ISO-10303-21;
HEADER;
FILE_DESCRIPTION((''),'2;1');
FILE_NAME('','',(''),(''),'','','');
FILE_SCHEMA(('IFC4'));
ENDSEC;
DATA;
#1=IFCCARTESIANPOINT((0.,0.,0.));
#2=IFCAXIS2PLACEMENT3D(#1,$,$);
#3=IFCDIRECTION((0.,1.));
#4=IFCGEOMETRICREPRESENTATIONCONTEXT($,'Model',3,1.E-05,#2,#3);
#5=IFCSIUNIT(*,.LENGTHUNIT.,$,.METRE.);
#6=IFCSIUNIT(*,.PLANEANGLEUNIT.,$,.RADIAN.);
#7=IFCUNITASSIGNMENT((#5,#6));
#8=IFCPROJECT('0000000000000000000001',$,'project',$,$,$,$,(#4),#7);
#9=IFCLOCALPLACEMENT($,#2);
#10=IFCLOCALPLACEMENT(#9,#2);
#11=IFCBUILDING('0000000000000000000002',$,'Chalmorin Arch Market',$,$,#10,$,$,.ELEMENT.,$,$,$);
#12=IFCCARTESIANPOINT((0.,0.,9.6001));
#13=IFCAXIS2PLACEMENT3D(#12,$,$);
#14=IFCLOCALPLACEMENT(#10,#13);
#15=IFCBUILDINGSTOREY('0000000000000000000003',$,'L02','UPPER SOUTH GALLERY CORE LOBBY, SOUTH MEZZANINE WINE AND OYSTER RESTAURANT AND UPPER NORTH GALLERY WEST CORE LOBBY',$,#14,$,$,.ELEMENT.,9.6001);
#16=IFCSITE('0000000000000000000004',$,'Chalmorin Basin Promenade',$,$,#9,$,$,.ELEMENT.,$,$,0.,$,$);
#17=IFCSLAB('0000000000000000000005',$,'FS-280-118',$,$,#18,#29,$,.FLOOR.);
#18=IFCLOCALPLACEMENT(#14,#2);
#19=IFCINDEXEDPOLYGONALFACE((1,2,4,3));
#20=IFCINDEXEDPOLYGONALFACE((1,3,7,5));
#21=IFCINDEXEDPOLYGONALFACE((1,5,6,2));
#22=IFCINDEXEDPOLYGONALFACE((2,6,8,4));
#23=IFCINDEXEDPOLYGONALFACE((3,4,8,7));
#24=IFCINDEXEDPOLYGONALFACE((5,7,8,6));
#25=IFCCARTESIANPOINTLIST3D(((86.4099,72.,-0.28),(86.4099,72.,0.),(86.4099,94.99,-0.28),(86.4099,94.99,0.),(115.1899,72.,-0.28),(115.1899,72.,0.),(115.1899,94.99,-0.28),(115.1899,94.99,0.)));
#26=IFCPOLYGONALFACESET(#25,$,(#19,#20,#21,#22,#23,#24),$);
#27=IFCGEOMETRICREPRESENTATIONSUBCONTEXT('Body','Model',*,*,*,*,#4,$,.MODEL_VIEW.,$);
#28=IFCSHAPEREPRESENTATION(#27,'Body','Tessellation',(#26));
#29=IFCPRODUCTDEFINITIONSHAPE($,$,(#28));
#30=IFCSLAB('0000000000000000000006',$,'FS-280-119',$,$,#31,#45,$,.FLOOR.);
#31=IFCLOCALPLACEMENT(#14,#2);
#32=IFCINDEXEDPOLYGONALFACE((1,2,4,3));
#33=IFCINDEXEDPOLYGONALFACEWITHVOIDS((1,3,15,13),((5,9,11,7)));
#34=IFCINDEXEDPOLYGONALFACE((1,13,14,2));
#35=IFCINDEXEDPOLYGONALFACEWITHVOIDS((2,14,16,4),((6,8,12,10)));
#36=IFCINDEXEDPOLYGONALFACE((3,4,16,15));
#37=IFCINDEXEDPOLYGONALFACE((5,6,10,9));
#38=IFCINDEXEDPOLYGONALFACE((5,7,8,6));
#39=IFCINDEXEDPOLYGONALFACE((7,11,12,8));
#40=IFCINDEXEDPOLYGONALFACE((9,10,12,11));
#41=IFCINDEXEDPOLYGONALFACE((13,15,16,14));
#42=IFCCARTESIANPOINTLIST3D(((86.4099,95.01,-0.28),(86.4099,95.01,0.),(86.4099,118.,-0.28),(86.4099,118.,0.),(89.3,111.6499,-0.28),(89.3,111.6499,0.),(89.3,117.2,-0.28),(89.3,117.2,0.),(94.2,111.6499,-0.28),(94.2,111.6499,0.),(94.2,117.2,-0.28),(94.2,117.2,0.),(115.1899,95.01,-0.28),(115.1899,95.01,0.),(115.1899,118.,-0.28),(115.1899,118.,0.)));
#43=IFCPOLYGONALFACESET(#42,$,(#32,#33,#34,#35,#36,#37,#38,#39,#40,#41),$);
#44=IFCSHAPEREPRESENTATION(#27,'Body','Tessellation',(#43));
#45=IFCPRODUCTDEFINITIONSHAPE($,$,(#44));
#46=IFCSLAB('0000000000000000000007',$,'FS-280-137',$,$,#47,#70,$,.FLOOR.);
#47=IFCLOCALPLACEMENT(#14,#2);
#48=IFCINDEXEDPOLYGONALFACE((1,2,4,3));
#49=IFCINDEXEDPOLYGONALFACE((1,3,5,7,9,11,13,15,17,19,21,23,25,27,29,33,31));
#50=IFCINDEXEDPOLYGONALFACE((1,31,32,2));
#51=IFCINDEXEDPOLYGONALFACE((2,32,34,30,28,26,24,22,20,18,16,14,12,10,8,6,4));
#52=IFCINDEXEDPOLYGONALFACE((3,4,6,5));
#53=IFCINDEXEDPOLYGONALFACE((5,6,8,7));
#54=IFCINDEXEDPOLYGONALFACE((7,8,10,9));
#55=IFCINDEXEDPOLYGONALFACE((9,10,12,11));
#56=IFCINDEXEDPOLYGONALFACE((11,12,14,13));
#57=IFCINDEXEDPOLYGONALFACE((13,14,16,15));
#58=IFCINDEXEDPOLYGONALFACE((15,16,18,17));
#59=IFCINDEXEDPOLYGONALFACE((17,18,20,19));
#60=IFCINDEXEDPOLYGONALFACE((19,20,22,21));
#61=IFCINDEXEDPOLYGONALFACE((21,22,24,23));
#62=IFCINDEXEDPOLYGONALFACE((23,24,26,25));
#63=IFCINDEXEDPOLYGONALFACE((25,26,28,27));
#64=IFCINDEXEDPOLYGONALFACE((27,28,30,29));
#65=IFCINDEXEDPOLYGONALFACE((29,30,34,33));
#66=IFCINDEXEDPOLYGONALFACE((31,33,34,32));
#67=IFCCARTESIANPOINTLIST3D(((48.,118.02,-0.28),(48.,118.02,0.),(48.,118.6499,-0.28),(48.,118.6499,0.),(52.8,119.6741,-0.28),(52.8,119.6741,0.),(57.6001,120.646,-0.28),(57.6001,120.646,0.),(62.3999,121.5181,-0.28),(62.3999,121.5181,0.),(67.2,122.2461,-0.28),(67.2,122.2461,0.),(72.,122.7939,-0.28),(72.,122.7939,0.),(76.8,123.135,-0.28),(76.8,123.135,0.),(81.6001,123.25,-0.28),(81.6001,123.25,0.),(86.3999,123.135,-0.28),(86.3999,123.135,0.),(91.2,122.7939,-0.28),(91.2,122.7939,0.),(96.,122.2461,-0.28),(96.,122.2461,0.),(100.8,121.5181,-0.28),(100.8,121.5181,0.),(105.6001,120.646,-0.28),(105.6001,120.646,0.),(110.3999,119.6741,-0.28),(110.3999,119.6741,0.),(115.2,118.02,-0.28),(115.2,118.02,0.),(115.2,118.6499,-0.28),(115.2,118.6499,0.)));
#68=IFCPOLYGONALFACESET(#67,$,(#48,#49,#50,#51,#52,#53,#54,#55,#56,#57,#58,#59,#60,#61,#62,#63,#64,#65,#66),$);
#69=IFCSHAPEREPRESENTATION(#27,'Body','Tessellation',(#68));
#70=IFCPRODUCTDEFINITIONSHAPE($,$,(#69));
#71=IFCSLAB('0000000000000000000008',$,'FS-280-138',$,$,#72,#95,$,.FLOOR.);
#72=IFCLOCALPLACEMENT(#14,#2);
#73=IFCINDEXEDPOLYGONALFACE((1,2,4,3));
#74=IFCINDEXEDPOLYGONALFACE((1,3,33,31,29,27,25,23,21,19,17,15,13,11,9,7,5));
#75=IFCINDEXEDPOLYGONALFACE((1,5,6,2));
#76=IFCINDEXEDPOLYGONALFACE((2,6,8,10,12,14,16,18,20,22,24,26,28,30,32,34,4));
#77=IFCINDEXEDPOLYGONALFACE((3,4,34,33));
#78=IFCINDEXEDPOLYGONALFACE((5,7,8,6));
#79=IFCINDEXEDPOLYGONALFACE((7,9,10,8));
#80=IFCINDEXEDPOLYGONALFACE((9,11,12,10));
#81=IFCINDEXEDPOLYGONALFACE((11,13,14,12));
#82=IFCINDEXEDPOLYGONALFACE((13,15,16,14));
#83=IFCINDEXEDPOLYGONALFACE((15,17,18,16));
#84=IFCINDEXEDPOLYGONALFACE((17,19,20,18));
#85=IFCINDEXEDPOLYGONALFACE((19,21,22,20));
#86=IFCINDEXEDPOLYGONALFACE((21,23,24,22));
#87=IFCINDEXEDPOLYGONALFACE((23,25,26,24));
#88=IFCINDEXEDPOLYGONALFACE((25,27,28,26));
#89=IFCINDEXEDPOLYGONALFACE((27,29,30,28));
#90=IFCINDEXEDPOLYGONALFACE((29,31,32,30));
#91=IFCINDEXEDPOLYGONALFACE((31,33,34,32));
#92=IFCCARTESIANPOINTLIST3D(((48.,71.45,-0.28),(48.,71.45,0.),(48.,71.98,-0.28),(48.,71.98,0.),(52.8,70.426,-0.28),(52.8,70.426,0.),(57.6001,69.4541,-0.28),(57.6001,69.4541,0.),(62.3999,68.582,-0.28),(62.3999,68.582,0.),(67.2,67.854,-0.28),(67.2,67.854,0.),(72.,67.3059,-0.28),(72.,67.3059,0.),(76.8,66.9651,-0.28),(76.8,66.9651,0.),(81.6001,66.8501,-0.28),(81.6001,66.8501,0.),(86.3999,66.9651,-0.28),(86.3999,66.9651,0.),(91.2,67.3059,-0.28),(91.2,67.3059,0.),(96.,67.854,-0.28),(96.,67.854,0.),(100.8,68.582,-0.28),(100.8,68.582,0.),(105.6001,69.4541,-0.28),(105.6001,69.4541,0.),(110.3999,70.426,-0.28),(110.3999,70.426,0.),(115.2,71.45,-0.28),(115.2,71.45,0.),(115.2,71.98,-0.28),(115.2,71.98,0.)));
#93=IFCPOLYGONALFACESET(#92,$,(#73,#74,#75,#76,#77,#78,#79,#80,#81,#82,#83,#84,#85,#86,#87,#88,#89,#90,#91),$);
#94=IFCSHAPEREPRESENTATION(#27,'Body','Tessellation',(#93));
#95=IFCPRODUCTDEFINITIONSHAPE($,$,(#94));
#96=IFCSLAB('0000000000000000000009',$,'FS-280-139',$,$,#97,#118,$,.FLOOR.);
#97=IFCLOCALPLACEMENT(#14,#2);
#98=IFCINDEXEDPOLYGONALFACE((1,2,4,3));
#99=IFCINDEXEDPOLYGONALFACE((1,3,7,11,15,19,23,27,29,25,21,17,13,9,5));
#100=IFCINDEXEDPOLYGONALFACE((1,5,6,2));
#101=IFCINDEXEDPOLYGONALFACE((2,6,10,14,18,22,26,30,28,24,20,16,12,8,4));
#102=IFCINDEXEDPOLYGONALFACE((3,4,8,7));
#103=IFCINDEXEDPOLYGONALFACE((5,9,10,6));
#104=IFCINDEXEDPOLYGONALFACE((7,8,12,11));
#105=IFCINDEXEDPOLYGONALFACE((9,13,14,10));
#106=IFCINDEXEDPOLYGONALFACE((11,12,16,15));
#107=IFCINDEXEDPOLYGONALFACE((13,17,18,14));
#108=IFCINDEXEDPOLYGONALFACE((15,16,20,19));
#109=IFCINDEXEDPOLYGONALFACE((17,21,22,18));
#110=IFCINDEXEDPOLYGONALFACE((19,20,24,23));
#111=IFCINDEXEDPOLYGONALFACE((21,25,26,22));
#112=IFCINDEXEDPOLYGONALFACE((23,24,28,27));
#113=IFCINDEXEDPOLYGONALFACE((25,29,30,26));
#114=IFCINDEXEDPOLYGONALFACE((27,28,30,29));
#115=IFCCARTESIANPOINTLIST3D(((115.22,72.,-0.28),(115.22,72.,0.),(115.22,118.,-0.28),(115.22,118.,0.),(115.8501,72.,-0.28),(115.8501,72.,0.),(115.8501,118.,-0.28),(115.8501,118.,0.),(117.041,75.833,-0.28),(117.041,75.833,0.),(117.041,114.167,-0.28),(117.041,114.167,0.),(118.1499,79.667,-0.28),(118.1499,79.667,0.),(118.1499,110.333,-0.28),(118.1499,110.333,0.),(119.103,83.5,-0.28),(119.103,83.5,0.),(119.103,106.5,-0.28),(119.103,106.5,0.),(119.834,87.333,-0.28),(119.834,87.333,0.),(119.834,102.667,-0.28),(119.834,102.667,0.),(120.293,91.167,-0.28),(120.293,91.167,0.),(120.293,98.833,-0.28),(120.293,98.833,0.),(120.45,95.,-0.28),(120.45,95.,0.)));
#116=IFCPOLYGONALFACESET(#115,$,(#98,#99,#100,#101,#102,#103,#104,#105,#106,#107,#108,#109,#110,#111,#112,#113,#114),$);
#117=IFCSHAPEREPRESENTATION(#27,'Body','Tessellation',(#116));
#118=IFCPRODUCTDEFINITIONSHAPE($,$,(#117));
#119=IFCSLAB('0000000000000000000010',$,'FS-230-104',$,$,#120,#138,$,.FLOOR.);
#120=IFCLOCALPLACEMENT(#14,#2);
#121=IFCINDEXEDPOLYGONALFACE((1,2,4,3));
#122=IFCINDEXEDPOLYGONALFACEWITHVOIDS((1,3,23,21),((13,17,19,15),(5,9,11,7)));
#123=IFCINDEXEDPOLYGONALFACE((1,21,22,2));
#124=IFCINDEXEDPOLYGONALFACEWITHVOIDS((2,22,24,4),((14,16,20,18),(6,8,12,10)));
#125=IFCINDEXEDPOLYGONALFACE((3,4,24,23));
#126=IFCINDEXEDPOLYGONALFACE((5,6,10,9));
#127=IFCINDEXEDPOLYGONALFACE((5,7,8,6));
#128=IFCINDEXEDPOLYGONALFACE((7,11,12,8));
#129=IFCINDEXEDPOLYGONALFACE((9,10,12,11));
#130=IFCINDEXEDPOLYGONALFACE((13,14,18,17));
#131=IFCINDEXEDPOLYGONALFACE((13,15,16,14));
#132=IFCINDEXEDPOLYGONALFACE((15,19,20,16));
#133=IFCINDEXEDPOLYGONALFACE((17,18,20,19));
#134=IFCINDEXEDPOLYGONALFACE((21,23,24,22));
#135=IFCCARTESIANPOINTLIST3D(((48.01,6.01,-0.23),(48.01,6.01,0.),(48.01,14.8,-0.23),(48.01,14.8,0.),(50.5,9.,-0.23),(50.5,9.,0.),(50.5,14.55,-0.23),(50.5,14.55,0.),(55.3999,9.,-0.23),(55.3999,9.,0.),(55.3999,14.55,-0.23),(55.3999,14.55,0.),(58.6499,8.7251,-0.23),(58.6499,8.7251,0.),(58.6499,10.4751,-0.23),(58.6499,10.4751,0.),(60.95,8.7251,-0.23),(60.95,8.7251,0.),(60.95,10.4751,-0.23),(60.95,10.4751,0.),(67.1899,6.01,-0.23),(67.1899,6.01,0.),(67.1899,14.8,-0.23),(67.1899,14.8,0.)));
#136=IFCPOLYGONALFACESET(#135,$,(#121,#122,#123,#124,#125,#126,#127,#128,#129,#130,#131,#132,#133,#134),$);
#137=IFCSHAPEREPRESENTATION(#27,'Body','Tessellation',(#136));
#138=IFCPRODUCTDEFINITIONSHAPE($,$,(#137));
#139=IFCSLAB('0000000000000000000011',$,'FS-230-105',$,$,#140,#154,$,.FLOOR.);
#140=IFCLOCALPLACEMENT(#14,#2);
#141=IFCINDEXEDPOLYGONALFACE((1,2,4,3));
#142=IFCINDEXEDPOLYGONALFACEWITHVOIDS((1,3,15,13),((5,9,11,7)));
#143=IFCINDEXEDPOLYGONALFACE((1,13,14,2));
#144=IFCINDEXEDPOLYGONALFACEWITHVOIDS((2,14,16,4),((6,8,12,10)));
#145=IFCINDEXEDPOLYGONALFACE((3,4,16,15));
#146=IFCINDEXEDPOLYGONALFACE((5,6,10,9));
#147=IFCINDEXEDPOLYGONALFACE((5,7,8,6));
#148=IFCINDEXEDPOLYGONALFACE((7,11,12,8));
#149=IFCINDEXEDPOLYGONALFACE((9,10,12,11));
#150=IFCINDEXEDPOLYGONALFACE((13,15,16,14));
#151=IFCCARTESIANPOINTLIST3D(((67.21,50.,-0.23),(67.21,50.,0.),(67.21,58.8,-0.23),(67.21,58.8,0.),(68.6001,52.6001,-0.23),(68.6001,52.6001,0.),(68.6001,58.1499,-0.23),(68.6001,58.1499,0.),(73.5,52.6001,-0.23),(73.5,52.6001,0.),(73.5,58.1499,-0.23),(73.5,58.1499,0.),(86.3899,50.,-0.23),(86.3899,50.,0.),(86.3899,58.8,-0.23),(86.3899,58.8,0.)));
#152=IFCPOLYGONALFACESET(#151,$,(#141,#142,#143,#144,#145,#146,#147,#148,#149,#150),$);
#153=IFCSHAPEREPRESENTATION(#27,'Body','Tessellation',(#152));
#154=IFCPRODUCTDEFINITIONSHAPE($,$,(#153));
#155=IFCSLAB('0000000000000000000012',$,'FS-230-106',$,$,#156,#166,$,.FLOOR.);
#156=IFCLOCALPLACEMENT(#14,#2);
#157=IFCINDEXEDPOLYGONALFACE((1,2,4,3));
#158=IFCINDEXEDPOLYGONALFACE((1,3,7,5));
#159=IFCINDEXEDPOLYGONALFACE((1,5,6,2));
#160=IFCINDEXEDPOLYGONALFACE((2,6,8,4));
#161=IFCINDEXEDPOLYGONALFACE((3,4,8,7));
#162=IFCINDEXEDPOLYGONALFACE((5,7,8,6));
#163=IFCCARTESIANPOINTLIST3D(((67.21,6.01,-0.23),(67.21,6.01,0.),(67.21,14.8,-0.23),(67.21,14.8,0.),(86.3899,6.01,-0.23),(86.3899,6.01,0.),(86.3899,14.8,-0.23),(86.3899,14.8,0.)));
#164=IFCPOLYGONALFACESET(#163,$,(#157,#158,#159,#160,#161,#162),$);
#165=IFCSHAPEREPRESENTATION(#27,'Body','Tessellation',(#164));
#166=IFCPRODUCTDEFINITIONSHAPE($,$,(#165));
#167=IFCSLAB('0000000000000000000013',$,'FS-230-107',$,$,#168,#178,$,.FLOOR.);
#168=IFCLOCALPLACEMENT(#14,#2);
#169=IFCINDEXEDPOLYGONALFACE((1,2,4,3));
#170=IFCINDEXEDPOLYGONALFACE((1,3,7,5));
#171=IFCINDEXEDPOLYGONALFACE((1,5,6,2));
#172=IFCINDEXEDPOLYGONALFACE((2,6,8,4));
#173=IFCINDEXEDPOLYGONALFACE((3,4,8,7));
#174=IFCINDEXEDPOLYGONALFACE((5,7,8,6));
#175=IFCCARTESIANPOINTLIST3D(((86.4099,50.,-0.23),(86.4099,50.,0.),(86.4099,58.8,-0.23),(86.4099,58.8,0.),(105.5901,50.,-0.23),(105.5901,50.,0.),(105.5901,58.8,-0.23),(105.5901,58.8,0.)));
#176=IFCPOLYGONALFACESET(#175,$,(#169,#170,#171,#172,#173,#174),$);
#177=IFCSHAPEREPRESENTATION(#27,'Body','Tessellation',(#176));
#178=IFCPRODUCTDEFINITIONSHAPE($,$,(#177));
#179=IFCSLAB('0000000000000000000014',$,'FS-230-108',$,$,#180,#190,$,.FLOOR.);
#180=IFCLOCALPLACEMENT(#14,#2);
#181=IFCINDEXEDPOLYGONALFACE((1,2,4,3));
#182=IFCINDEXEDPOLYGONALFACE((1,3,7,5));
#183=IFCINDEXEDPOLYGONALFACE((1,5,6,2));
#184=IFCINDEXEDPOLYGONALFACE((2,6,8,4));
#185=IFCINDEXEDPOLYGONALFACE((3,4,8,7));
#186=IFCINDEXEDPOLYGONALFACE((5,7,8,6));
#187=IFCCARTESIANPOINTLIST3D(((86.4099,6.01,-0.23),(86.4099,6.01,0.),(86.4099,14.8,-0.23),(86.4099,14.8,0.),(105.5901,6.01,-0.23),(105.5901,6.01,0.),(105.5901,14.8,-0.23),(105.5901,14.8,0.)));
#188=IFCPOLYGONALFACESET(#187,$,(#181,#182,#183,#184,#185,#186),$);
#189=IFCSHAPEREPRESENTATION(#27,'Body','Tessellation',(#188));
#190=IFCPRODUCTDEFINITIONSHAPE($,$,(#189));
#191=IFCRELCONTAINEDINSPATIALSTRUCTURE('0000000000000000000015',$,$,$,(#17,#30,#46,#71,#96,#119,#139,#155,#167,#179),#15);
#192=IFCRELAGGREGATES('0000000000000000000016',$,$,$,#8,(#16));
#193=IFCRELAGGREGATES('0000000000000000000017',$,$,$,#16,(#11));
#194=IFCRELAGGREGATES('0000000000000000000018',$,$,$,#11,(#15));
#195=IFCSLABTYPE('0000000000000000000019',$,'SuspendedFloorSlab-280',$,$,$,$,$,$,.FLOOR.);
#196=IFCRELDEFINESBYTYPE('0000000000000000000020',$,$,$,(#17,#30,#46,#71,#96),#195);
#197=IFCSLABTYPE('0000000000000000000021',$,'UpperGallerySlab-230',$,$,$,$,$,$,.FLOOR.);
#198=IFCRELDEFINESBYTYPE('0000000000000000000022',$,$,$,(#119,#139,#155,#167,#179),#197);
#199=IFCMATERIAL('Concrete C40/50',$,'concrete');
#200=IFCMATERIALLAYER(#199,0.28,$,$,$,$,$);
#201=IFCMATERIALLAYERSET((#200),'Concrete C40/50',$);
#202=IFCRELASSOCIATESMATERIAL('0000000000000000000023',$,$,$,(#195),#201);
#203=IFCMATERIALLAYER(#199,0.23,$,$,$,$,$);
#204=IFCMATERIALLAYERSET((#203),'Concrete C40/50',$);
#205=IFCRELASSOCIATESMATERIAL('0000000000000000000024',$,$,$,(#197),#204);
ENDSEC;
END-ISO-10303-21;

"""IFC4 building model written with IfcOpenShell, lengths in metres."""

from ifc_helpers import new_model, si_unit, direction, frame, origin, place, context, subcontext, project, spatial, polyline, outline, extrude, material, layer, layer_set, type_object, element, save


model = new_model("IFC4")

# Units and contexts
model_context = context("Model", 3, precision=1e-05, world=origin(), true_north=direction((0.0, 1.0)))
body_context = subcontext(model_context, "Body", "Model", "MODEL_VIEW")
ifc_project = project(units=[si_unit("LENGTHUNIT", "METRE"), si_unit("PLANEANGLEUNIT", "RADIAN")], contexts=[model_context])

# Site, building, storey
site_placement = place(None, origin())
site = spatial("IfcSite", under=ifc_project, at=site_placement, Name="Chalmorin Basin Promenade", CompositionType="ELEMENT", RefElevation=0.0)
building_placement = place(site_placement, origin())
building = spatial("IfcBuilding", under=site, at=building_placement, Name="Chalmorin Arch Market", CompositionType="ELEMENT")
storey_placement = place(building_placement, frame((0.0, 0.0, 9.6001)))
storey = spatial("IfcBuildingStorey", under=building, at=storey_placement, Name="L02", Description="UPPER SOUTH GALLERY CORE LOBBY, SOUTH MEZZANINE WINE AND OYSTER RESTAURANT AND UPPER NORTH GALLERY WEST CORE LOBBY", CompositionType="ELEMENT", Elevation=9.6001)

# Slabs
ifc_material_1 = material(Name="Concrete C40/50", Category="concrete")
ifc_layer_1 = layer(ifc_material_1, 0.28)
ifc_layer_set_1 = layer_set([ifc_layer_1], Name="Concrete C40/50")
slab_type_1 = type_object("IfcSlabType", Name="SuspendedFloorSlab-280", PredefinedType="FLOOR", material=ifc_layer_set_1)
slab_1_placement = place(storey_placement, frame((0.0, 0.0, -0.28)))
element("IfcSlab", 1, at=slab_1_placement, inside=storey, type_object=slab_type_1, Name="FS-280-118", PredefinedType="FLOOR", context=body_context, shape_type="SweptSolid", body=[
    extrude(outline(polyline([(86.4099, 72.0), (115.1899, 72.0), (115.1899, 94.99), (86.4099, 94.99), (86.4099, 72.0)])), origin(), (0.0, 0.0, 1.0), 0.28),
])
slab_2_placement = place(storey_placement, frame((0.0, 0.0, -0.28)))
element("IfcSlab", 2, at=slab_2_placement, inside=storey, type_object=slab_type_1, Name="FS-280-119", PredefinedType="FLOOR", context=body_context, shape_type="SweptSolid", body=[
    extrude(outline(polyline([(86.4099, 95.01), (115.1899, 95.01), (115.1899, 118.0), (86.4099, 118.0), (86.4099, 95.01)]), holes=[polyline([(89.3, 111.6499), (94.2, 111.6499), (94.2, 117.2), (89.3, 117.2), (89.3, 111.6499)])]), origin(), (0.0, 0.0, 1.0), 0.28),
])
slab_3_placement = place(storey_placement, frame((0.0, 0.0, -0.28)))
element("IfcSlab", 3, at=slab_3_placement, inside=storey, type_object=slab_type_1, Name="FS-280-137", PredefinedType="FLOOR", context=body_context, shape_type="SweptSolid", body=[
    extrude(outline(polyline([(48.0, 118.02), (48.0, 118.6499), (52.8, 119.6741), (57.6001, 120.646), (62.3999, 121.5181), (67.2, 122.2461), (72.0, 122.7939), (76.8, 123.135), (81.6001, 123.25), (86.3999, 123.135), (91.2, 122.7939), (96.0, 122.2461), (100.8, 121.5181), (105.6001, 120.646), (110.3999, 119.6741), (115.2, 118.6499), (115.2, 118.02), (48.0, 118.02)])), origin(), (0.0, 0.0, 1.0), 0.28),
])
slab_4_placement = place(storey_placement, frame((0.0, 0.0, -0.28)))
element("IfcSlab", 4, at=slab_4_placement, inside=storey, type_object=slab_type_1, Name="FS-280-138", PredefinedType="FLOOR", context=body_context, shape_type="SweptSolid", body=[
    extrude(outline(polyline([(48.0, 71.98), (115.2, 71.98), (115.2, 71.45), (110.3999, 70.426), (105.6001, 69.4541), (100.8, 68.582), (96.0, 67.854), (91.2, 67.3059), (86.3999, 66.9651), (81.6001, 66.8501), (76.8, 66.9651), (72.0, 67.3059), (67.2, 67.854), (62.3999, 68.582), (57.6001, 69.4541), (52.8, 70.426), (48.0, 71.45), (48.0, 71.98)])), origin(), (0.0, 0.0, 1.0), 0.28),
])
slab_5_placement = place(storey_placement, frame((0.0, 0.0, -0.28)))
element("IfcSlab", 5, at=slab_5_placement, inside=storey, type_object=slab_type_1, Name="FS-280-139", PredefinedType="FLOOR", context=body_context, shape_type="SweptSolid", body=[
    extrude(outline(polyline([(115.22, 72.0), (115.8501, 72.0), (117.041, 75.833), (118.1499, 79.667), (119.103, 83.5), (119.834, 87.333), (120.293, 91.167), (120.45, 95.0), (120.293, 98.833), (119.834, 102.667), (119.103, 106.5), (118.1499, 110.333), (117.041, 114.167), (115.8501, 118.0), (115.22, 118.0), (115.22, 72.0)])), origin(), (0.0, 0.0, 1.0), 0.28),
])
ifc_layer_2 = layer(ifc_material_1, 0.23)
ifc_layer_set_2 = layer_set([ifc_layer_2], Name="Concrete C40/50")
slab_type_2 = type_object("IfcSlabType", Name="UpperGallerySlab-230", PredefinedType="FLOOR", material=ifc_layer_set_2)
slab_6_placement = place(storey_placement, frame((0.0, 0.0, -0.23)))
element("IfcSlab", 6, at=slab_6_placement, inside=storey, type_object=slab_type_2, Name="FS-230-104", PredefinedType="FLOOR", context=body_context, shape_type="SweptSolid", body=[
    extrude(outline(polyline([(48.01, 6.01), (67.1899, 6.01), (67.1899, 14.8), (48.01, 14.8), (48.01, 6.01)]), holes=[polyline([(50.5, 9.0), (55.3999, 9.0), (55.3999, 14.55), (50.5, 14.55), (50.5, 9.0)]), polyline([(58.6499, 8.7251), (60.95, 8.7251), (60.95, 10.4751), (58.6499, 10.4751), (58.6499, 8.7251)])]), origin(), (0.0, 0.0, 1.0), 0.23),
])
slab_7_placement = place(storey_placement, frame((0.0, 0.0, -0.23)))
element("IfcSlab", 7, at=slab_7_placement, inside=storey, type_object=slab_type_2, Name="FS-230-105", PredefinedType="FLOOR", context=body_context, shape_type="SweptSolid", body=[
    extrude(outline(polyline([(67.21, 50.0), (86.3899, 50.0), (86.3899, 58.8), (67.21, 58.8), (67.21, 50.0)]), holes=[polyline([(68.6001, 52.6001), (73.5, 52.6001), (73.5, 58.1499), (68.6001, 58.1499), (68.6001, 52.6001)])]), origin(), (0.0, 0.0, 1.0), 0.23),
])
slab_8_placement = place(storey_placement, frame((0.0, 0.0, -0.23)))
element("IfcSlab", 8, at=slab_8_placement, inside=storey, type_object=slab_type_2, Name="FS-230-106", PredefinedType="FLOOR", context=body_context, shape_type="SweptSolid", body=[
    extrude(outline(polyline([(67.21, 6.01), (86.3899, 6.01), (86.3899, 14.8), (67.21, 14.8), (67.21, 6.01)])), origin(), (0.0, 0.0, 1.0), 0.23),
])
slab_9_placement = place(storey_placement, frame((0.0, 0.0, -0.23)))
element("IfcSlab", 9, at=slab_9_placement, inside=storey, type_object=slab_type_2, Name="FS-230-107", PredefinedType="FLOOR", context=body_context, shape_type="SweptSolid", body=[
    extrude(outline(polyline([(86.4099, 50.0), (105.5901, 50.0), (105.5901, 58.8), (86.4099, 58.8), (86.4099, 50.0)])), origin(), (0.0, 0.0, 1.0), 0.23),
])
slab_10_placement = place(storey_placement, frame((0.0, 0.0, -0.23)))
element("IfcSlab", 10, at=slab_10_placement, inside=storey, type_object=slab_type_2, Name="FS-230-108", PredefinedType="FLOOR", context=body_context, shape_type="SweptSolid", body=[
    extrude(outline(polyline([(86.4099, 6.01), (105.5901, 6.01), (105.5901, 14.8), (86.4099, 14.8), (86.4099, 6.01)])), origin(), (0.0, 0.0, 1.0), 0.23),
])

save(model, "model.ifc")
